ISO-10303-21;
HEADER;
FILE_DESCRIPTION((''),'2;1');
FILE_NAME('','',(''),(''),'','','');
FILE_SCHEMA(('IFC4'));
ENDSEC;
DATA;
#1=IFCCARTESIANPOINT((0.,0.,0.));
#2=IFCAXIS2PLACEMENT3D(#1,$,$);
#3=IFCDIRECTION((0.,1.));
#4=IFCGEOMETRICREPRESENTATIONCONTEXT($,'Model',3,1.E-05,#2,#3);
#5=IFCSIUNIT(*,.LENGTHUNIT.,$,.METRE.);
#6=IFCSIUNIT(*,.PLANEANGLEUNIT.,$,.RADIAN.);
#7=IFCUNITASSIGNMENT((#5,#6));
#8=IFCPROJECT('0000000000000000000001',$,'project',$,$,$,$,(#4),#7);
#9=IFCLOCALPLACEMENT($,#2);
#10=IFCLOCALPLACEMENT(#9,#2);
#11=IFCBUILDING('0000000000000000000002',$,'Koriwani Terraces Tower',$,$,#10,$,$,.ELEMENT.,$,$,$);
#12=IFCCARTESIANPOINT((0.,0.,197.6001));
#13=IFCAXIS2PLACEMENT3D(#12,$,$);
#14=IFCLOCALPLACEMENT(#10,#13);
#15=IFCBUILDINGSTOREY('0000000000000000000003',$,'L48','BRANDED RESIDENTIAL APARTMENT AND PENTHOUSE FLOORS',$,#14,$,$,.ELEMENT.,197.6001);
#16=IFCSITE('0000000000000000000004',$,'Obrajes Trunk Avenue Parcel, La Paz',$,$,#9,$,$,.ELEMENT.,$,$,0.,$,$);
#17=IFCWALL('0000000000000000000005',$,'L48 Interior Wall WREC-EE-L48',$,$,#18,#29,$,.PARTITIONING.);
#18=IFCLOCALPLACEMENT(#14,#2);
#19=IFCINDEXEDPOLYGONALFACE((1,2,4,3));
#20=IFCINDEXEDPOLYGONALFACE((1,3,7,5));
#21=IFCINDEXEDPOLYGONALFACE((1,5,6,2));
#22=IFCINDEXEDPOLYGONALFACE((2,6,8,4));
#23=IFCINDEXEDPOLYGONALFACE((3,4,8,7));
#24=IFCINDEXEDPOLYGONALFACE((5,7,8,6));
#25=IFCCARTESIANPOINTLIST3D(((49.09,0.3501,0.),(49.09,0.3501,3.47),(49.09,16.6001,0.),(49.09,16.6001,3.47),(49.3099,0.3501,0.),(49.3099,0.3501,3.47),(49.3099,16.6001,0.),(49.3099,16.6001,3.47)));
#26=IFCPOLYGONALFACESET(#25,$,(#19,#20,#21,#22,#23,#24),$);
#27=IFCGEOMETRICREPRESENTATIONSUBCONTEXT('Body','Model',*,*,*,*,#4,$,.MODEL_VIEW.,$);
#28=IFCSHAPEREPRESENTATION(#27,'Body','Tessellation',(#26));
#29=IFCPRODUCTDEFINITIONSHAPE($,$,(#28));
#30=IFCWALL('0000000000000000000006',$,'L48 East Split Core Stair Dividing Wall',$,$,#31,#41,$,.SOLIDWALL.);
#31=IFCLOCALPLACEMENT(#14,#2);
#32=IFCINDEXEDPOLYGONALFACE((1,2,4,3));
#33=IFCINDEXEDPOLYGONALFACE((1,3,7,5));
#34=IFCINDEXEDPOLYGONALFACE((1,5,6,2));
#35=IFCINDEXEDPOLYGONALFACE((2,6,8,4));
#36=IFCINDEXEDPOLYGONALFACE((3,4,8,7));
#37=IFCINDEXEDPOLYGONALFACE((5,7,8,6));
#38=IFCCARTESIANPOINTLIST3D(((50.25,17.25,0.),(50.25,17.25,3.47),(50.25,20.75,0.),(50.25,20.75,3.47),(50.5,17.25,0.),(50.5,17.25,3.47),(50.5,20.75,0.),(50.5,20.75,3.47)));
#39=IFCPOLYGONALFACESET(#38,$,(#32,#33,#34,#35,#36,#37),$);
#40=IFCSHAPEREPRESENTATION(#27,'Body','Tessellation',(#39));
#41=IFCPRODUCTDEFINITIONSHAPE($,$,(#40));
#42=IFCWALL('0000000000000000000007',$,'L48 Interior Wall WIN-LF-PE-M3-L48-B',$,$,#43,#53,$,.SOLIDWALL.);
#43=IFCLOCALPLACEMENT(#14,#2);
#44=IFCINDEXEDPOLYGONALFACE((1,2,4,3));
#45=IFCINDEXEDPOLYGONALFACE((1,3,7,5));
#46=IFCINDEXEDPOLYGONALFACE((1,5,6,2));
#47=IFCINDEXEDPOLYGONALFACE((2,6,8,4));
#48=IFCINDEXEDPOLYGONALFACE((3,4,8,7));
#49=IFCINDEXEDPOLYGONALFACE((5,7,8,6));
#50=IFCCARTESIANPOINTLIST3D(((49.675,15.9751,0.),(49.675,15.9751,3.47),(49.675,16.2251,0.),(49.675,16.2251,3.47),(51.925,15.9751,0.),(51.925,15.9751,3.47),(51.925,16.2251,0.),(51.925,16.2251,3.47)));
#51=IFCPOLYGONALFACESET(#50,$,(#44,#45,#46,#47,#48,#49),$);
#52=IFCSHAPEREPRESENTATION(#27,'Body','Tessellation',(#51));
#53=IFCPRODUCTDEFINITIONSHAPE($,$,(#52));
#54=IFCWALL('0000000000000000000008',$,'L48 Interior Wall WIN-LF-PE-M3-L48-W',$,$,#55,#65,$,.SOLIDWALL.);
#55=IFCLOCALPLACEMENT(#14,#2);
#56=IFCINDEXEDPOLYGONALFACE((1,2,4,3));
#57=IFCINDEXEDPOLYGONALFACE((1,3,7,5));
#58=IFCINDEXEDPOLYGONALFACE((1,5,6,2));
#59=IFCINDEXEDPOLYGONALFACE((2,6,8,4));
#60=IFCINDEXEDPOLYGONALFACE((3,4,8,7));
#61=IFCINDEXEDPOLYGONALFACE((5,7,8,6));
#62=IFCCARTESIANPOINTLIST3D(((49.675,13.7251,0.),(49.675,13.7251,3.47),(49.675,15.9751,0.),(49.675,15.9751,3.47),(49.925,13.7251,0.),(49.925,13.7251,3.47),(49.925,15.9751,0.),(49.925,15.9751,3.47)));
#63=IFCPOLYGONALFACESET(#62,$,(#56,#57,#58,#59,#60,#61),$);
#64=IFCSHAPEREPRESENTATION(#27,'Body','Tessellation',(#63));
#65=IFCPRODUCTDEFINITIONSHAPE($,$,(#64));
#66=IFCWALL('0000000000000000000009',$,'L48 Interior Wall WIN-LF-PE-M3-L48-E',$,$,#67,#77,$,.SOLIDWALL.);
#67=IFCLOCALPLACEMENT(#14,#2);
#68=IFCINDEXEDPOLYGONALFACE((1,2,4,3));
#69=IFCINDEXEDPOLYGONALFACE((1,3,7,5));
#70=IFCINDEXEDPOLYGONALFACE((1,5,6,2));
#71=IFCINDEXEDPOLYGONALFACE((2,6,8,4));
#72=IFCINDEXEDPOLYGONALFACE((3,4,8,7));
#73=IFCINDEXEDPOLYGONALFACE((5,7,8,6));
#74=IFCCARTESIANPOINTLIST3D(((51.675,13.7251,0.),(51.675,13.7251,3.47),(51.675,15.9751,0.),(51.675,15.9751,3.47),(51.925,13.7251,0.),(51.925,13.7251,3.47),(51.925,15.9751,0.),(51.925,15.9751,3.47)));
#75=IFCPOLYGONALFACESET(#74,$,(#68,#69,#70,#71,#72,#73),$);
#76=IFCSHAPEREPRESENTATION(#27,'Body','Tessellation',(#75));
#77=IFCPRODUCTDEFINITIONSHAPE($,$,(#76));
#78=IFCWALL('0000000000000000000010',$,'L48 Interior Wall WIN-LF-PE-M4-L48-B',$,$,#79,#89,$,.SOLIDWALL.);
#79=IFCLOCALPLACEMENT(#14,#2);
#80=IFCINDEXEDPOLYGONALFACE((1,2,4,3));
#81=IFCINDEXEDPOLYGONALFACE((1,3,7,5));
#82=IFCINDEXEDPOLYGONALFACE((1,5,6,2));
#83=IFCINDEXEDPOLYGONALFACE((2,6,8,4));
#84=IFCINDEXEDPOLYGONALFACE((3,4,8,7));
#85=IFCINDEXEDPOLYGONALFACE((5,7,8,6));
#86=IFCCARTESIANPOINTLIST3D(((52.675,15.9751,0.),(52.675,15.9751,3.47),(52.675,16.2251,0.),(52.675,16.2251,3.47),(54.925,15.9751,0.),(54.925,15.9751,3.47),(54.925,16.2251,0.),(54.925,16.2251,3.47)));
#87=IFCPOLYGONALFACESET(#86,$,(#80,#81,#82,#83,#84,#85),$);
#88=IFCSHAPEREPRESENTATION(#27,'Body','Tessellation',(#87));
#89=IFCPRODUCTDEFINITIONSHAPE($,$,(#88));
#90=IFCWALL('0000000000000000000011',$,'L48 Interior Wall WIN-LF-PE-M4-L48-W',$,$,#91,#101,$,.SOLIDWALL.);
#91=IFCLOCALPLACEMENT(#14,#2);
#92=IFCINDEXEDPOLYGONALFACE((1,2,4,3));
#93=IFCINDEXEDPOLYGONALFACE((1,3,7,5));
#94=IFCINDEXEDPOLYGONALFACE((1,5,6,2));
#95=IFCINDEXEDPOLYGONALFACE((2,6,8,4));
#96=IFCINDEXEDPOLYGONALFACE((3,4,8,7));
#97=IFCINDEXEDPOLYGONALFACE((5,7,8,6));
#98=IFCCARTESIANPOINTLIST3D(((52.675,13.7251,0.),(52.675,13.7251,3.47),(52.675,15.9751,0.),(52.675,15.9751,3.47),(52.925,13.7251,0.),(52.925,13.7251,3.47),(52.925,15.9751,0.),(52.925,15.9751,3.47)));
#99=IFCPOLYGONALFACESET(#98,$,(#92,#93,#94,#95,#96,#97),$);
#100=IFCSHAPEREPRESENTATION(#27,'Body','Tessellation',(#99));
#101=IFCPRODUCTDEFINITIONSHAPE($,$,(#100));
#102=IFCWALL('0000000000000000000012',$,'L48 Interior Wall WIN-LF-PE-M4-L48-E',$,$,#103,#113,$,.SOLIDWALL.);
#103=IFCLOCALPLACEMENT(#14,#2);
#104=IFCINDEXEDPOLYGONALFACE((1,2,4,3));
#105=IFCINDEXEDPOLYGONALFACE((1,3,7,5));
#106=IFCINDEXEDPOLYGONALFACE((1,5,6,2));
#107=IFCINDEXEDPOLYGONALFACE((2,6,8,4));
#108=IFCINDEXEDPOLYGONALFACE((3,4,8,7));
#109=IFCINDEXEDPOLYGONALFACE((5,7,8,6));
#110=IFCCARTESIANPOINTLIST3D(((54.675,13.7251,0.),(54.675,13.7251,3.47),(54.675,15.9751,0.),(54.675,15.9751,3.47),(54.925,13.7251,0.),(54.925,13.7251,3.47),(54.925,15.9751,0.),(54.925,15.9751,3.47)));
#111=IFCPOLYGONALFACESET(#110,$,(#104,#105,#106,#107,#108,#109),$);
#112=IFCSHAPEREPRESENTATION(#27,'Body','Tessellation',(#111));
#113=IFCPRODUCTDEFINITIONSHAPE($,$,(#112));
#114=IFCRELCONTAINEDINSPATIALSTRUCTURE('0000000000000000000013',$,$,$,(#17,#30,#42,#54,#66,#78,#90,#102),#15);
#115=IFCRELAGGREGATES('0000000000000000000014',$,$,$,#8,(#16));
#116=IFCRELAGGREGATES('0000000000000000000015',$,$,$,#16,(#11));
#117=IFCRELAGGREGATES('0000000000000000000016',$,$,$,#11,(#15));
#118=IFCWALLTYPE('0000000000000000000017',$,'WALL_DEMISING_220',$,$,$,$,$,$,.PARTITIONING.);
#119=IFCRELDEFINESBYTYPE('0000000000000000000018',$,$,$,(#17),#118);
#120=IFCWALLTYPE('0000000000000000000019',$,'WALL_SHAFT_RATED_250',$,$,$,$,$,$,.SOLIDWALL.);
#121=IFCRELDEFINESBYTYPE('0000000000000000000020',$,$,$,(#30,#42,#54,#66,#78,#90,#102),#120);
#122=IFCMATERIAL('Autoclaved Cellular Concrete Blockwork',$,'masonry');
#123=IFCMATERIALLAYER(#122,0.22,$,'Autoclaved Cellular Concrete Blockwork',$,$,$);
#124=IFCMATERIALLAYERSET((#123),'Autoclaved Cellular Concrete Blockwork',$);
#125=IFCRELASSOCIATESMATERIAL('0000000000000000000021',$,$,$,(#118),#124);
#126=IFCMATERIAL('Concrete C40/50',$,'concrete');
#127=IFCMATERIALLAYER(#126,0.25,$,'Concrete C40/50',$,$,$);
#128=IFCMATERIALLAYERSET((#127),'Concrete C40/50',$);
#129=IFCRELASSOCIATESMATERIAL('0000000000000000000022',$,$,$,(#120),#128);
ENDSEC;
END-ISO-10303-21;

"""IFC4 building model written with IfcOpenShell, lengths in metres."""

from ifc_helpers import new_model, si_unit, direction, frame, frame_2d, origin, place, context, subcontext, project, spatial, rectangle, extrude, material, layer, layer_set, type_object, element, save


model = new_model("IFC4")

# Units and contexts
model_context = context("Model", 3, precision=1e-05, world=origin(), true_north=direction((0.0, 1.0)))
body_context = subcontext(model_context, "Body", "Model", "MODEL_VIEW")
ifc_project = project(units=[si_unit("LENGTHUNIT", "METRE"), si_unit("PLANEANGLEUNIT", "RADIAN")], contexts=[model_context])

# Site, building, storey
site_placement = place(None, origin())
site = spatial("IfcSite", under=ifc_project, at=site_placement, Name="Obrajes Trunk Avenue Parcel, La Paz", CompositionType="ELEMENT", RefElevation=0.0)
building_placement = place(site_placement, origin())
building = spatial("IfcBuilding", under=site, at=building_placement, Name="Koriwani Terraces Tower", CompositionType="ELEMENT")
storey_placement = place(building_placement, frame((0.0, 0.0, 197.6001)))
storey = spatial("IfcBuildingStorey", under=building, at=storey_placement, Name="L48", Description="BRANDED RESIDENTIAL APARTMENT AND PENTHOUSE FLOORS", CompositionType="ELEMENT", Elevation=197.6001)

# Shared definitions
ifc_material_1 = material(Name="Concrete C40/50", Category="concrete")

# Walls
ifc_material_2 = material(Name="Autoclaved Cellular Concrete Blockwork", Category="masonry")
ifc_layer_1 = layer(ifc_material_2, 0.22, Name="Autoclaved Cellular Concrete Blockwork")
ifc_layer_set_1 = layer_set([ifc_layer_1], Name="Autoclaved Cellular Concrete Blockwork")
wall_type_1 = type_object("IfcWallType", Name="WALL_DEMISING_220", PredefinedType="PARTITIONING", material=ifc_layer_set_1)
wall_1_placement = place(storey_placement, frame((49.2, 0.3501, 0.0), z_axis=(0.0, 0.0, 1.0), x_axis=(0.0, 1.0, 0.0)))
element("IfcWall", 1, at=wall_1_placement, inside=storey, type_object=wall_type_1, Name="L48 Interior Wall WREC-EE-L48", PredefinedType="PARTITIONING", context=body_context, shape_type="SweptSolid", body=[
    extrude(rectangle(XDim=16.25, YDim=0.22, at=frame_2d((8.125, 0.0))), origin(), (0.0, 0.0, 1.0), 3.47),
])
ifc_layer_2 = layer(ifc_material_1, 0.25, Name="Concrete C40/50")
ifc_layer_set_2 = layer_set([ifc_layer_2], Name="Concrete C40/50")
wall_type_2 = type_object("IfcWallType", Name="WALL_SHAFT_RATED_250", PredefinedType="SOLIDWALL", material=ifc_layer_set_2)
wall_2_placement = place(storey_placement, frame((50.375, 17.25, 0.0), z_axis=(0.0, 0.0, 1.0), x_axis=(0.0, 1.0, 0.0)))
element("IfcWall", 2, at=wall_2_placement, inside=storey, type_object=wall_type_2, Name="L48 East Split Core Stair Dividing Wall", PredefinedType="SOLIDWALL", context=body_context, shape_type="SweptSolid", body=[
    extrude(rectangle(XDim=3.5, YDim=0.25, at=frame_2d((1.75, 0.0))), origin(), (0.0, 0.0, 1.0), 3.47),
])

# Walls
for number, where, z_axis, x_axis, name in (
    (3, (49.675, 16.1001, 0.0), (0.0, 0.0, 1.0), (1.0, 0.0, 0.0), "L48 Interior Wall WIN-LF-PE-M3-L48-B"),
    (4, (49.8, 13.7251, 0.0), (0.0, 0.0, 1.0), (0.0, 1.0, 0.0), "L48 Interior Wall WIN-LF-PE-M3-L48-W"),
    (5, (51.8, 13.7251, 0.0), (0.0, 0.0, 1.0), (0.0, 1.0, 0.0), "L48 Interior Wall WIN-LF-PE-M3-L48-E"),
):
    element("IfcWall", number, at=place(storey_placement, frame(where, z_axis=z_axis, x_axis=x_axis)), inside=storey, type_object=wall_type_2, Name=name, PredefinedType="SOLIDWALL", context=body_context, shape_type="SweptSolid", body=[
        extrude(rectangle(XDim=2.25, YDim=0.25, at=frame_2d((1.125, 0.0))), origin(), (0.0, 0.0, 1.0), 3.47),
    ])

# Walls
for number, where, z_axis, x_axis, name in (
    (6, (52.675, 16.1001, 0.0), (0.0, 0.0, 1.0), (1.0, 0.0, 0.0), "L48 Interior Wall WIN-LF-PE-M4-L48-B"),
    (7, (52.8, 13.7251, 0.0), (0.0, 0.0, 1.0), (0.0, 1.0, 0.0), "L48 Interior Wall WIN-LF-PE-M4-L48-W"),
    (8, (54.8, 13.7251, 0.0), (0.0, 0.0, 1.0), (0.0, 1.0, 0.0), "L48 Interior Wall WIN-LF-PE-M4-L48-E"),
):
    element("IfcWall", number, at=place(storey_placement, frame(where, z_axis=z_axis, x_axis=x_axis)), inside=storey, type_object=wall_type_2, Name=name, PredefinedType="SOLIDWALL", context=body_context, shape_type="SweptSolid", body=[
        extrude(rectangle(XDim=2.25, YDim=0.25, at=frame_2d((1.125, 0.0))), origin(), (0.0, 0.0, 1.0), 3.47),
    ])

save(model, "model.ifc")
